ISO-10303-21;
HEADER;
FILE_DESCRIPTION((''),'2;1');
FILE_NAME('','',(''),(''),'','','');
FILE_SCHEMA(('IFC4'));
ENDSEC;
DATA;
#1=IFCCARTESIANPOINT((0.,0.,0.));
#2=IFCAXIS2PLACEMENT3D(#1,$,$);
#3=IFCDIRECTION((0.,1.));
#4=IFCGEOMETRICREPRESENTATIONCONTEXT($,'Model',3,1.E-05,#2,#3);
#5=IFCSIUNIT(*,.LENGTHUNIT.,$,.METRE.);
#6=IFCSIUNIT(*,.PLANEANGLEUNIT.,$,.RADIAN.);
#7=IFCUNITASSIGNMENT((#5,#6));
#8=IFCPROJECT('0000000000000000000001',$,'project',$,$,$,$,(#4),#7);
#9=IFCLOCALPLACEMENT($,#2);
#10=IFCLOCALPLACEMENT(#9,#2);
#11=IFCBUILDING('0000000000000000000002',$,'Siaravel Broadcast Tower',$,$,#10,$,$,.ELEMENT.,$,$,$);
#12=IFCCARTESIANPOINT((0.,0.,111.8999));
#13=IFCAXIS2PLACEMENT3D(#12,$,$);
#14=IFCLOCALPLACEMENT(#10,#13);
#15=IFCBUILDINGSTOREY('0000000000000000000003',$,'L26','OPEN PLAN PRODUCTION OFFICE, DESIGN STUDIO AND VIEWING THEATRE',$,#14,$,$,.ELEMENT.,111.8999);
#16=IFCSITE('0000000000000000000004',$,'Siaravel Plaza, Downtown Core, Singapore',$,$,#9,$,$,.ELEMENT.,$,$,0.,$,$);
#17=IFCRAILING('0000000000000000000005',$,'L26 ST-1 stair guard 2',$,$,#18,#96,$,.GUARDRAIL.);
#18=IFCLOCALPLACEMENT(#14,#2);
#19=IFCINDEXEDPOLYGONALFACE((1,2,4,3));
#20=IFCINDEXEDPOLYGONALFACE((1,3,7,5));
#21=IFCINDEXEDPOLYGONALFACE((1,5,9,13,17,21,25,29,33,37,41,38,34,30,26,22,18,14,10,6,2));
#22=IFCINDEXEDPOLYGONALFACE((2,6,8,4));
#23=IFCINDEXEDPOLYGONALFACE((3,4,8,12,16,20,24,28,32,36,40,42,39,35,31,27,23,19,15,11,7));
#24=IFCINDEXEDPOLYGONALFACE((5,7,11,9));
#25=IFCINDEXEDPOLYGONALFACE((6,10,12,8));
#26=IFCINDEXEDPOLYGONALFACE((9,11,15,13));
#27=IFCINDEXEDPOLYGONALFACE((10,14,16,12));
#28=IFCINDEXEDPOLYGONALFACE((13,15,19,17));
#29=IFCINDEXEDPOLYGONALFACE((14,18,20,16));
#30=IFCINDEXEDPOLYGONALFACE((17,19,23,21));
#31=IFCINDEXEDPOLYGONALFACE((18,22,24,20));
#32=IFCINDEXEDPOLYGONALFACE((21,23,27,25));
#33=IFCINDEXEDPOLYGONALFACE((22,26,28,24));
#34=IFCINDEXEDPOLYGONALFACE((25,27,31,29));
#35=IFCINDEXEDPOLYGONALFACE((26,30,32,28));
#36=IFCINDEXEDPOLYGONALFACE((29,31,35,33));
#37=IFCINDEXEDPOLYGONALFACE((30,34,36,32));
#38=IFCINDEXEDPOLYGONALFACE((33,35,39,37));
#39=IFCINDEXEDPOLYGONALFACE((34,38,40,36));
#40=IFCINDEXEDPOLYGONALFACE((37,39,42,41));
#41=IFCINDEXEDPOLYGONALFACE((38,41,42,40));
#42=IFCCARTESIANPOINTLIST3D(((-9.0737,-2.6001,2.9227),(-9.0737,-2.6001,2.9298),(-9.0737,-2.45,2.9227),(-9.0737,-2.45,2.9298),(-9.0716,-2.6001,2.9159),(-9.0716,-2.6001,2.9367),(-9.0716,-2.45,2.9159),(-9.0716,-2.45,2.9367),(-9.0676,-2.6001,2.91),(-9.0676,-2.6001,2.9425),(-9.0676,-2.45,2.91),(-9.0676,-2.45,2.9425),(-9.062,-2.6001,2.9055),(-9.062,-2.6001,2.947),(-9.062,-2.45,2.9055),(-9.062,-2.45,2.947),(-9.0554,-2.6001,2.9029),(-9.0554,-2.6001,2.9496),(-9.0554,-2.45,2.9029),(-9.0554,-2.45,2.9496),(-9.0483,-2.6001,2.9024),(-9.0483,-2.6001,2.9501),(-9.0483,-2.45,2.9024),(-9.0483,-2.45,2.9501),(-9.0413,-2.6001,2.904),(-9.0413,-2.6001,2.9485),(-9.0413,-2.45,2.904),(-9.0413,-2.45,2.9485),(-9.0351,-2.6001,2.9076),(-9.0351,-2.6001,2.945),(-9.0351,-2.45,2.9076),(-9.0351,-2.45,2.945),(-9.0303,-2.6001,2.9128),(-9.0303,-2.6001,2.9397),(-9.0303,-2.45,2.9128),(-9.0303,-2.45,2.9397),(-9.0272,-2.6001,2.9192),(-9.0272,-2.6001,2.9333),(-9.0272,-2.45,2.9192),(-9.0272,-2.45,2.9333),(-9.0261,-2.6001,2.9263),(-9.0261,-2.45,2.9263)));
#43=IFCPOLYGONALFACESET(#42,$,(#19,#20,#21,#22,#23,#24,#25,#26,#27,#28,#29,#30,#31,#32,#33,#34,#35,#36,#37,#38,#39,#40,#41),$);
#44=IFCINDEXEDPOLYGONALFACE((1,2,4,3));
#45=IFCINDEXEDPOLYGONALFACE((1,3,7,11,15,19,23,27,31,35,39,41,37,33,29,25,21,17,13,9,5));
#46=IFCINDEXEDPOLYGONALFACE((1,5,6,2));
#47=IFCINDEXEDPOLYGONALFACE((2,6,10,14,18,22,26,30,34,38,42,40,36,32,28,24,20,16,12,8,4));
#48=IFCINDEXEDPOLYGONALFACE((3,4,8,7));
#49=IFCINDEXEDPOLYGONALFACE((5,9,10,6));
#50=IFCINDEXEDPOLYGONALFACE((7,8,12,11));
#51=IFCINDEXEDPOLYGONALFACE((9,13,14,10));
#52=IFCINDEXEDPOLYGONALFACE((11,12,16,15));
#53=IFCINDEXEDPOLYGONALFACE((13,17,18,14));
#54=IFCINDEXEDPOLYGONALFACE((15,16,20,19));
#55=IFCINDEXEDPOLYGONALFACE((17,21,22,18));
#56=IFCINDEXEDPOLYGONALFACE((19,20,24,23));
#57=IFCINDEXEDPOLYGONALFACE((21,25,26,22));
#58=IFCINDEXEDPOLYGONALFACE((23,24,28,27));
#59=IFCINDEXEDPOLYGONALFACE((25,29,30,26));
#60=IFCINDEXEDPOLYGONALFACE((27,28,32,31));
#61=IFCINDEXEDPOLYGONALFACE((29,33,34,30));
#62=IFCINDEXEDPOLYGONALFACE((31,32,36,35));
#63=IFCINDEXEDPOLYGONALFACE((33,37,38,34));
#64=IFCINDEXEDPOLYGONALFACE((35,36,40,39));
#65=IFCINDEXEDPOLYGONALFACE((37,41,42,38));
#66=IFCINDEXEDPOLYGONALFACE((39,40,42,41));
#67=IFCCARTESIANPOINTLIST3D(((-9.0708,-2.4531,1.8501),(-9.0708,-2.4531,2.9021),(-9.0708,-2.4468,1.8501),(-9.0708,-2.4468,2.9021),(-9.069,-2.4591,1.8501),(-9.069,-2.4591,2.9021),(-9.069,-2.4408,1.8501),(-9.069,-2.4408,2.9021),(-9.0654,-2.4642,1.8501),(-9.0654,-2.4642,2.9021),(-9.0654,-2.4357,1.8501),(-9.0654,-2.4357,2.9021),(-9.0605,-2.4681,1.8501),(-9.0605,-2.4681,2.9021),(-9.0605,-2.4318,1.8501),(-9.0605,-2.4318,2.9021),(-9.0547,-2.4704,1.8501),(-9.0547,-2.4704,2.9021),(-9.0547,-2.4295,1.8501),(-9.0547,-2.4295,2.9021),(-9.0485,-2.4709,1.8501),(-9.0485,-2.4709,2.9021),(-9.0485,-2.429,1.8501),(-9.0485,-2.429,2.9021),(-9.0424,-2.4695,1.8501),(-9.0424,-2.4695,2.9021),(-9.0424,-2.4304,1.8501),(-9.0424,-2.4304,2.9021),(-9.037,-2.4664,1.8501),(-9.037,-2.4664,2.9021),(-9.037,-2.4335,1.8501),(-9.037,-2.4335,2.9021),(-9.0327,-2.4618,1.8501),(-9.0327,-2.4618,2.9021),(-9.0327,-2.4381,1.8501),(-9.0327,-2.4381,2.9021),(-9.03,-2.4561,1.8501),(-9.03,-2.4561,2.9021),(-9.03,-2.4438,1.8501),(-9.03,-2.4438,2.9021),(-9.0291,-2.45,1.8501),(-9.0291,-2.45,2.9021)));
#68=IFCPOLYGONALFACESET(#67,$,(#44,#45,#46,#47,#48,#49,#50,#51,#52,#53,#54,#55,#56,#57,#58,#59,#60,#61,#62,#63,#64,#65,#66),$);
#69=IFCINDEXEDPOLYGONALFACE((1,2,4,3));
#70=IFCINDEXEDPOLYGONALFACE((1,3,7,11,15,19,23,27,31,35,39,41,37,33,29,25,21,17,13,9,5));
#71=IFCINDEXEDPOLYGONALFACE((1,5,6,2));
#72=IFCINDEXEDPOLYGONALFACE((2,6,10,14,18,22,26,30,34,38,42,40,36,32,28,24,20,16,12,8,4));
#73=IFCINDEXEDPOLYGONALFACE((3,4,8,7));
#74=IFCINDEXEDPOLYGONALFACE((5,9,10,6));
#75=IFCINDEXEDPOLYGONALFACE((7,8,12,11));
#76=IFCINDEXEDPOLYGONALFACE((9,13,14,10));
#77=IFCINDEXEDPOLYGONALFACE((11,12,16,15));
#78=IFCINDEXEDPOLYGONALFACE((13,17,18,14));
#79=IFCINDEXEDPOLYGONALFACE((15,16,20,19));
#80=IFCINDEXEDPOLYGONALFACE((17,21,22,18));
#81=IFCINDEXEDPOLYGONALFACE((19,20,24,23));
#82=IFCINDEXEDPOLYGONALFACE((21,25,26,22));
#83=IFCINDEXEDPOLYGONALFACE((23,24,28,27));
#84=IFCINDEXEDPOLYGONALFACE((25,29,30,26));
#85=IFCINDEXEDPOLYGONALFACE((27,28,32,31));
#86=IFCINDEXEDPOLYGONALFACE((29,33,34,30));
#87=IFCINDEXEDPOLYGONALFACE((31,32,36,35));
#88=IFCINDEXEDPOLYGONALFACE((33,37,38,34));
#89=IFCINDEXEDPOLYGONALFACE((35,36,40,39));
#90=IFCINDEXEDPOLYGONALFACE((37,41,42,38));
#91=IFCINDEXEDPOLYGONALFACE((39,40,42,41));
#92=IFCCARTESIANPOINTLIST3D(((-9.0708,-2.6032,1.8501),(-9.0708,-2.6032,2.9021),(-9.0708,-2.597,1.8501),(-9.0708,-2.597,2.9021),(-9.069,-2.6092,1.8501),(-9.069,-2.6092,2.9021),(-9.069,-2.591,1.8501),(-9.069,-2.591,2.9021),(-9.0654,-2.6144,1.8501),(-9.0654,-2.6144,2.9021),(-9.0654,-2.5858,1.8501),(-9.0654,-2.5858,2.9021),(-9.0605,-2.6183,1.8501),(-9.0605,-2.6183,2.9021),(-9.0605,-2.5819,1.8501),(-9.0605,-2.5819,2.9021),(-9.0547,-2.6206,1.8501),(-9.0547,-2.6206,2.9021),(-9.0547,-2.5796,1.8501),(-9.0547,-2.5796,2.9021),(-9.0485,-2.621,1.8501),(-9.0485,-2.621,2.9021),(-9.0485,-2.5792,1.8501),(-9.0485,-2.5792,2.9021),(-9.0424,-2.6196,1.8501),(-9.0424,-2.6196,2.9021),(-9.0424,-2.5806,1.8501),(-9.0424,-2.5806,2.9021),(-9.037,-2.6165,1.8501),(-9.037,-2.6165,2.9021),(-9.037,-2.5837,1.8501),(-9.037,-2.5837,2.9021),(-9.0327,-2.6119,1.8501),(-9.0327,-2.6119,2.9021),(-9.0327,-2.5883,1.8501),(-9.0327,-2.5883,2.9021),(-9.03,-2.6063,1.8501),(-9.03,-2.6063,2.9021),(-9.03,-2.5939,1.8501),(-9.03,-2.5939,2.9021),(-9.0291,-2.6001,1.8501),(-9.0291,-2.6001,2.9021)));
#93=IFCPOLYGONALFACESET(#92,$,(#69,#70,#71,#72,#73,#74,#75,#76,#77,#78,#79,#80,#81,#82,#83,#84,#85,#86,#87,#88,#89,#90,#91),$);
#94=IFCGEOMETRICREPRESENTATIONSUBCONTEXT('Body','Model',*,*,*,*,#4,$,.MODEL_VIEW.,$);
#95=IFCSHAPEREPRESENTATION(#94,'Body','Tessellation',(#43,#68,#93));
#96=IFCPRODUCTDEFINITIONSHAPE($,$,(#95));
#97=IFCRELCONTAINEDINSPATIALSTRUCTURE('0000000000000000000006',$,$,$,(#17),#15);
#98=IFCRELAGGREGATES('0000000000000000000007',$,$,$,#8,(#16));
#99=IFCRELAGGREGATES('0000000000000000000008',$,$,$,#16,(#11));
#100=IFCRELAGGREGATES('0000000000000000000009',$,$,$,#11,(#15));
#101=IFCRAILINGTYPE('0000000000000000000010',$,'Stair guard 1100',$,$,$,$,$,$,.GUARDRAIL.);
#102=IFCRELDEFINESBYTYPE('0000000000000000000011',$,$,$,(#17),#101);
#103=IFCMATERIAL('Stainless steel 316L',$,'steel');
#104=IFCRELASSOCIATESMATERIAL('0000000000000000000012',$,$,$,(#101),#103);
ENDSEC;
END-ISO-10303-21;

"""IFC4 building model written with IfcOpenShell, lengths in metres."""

from ifc_helpers import new_model, si_unit, direction, frame, origin, origin_2d, place, context, subcontext, project, spatial, circle, extrude, material, type_object, element, save


model = new_model("IFC4")

# Units and contexts
model_context = context("Model", 3, precision=1e-05, world=origin(), true_north=direction((0.0, 1.0)))
body_context = subcontext(model_context, "Body", "Model", "MODEL_VIEW")
ifc_project = project(units=[si_unit("LENGTHUNIT", "METRE"), si_unit("PLANEANGLEUNIT", "RADIAN")], contexts=[model_context])

# Site, building, storey
site_placement = place(None, origin())
site = spatial("IfcSite", under=ifc_project, at=site_placement, Name="Siaravel Plaza, Downtown Core, Singapore", CompositionType="ELEMENT", RefElevation=0.0)
building_placement = place(site_placement, origin())
building = spatial("IfcBuilding", under=site, at=building_placement, Name="Siaravel Broadcast Tower", CompositionType="ELEMENT")
storey_placement = place(building_placement, frame((0.0, 0.0, 111.8999)))
storey = spatial("IfcBuildingStorey", under=building, at=storey_placement, Name="L26", Description="OPEN PLAN PRODUCTION OFFICE, DESIGN STUDIO AND VIEWING THEATRE", CompositionType="ELEMENT", Elevation=111.8999)

# Railing
ifc_material_1 = material(Name="Stainless steel 316L", Category="steel")
railing_type_1 = type_object("IfcRailingType", Name="Stair guard 1100", PredefinedType="GUARDRAIL", material=ifc_material_1)
railing_1_placement = place(storey_placement, frame((-9.05, -2.45, 1.8501)))
element("IfcRailing", 1, at=railing_1_placement, inside=storey, type_object=railing_type_1, Name="L26 ST-1 stair guard 2", PredefinedType="GUARDRAIL", context=body_context, shape_type="SweptSolid", body=[
    extrude(circle(Radius=0.0239, at=origin_2d()), frame((0.0, 0.0, 1.0762), z_axis=(0.0, -1.0, 0.0), x_axis=(1.0, 0.0, 0.0)), (0.0, 0.0, 1.0), 0.1501),
    extrude(circle(Radius=0.021, at=origin_2d()), origin(), (0.0, 0.0, 1.0), 1.052),
    extrude(circle(Radius=0.021, at=origin_2d()), frame((0.0, -0.1501, 0.0)), (0.0, 0.0, 1.0), 1.052),
])

save(model, "model.ifc")
